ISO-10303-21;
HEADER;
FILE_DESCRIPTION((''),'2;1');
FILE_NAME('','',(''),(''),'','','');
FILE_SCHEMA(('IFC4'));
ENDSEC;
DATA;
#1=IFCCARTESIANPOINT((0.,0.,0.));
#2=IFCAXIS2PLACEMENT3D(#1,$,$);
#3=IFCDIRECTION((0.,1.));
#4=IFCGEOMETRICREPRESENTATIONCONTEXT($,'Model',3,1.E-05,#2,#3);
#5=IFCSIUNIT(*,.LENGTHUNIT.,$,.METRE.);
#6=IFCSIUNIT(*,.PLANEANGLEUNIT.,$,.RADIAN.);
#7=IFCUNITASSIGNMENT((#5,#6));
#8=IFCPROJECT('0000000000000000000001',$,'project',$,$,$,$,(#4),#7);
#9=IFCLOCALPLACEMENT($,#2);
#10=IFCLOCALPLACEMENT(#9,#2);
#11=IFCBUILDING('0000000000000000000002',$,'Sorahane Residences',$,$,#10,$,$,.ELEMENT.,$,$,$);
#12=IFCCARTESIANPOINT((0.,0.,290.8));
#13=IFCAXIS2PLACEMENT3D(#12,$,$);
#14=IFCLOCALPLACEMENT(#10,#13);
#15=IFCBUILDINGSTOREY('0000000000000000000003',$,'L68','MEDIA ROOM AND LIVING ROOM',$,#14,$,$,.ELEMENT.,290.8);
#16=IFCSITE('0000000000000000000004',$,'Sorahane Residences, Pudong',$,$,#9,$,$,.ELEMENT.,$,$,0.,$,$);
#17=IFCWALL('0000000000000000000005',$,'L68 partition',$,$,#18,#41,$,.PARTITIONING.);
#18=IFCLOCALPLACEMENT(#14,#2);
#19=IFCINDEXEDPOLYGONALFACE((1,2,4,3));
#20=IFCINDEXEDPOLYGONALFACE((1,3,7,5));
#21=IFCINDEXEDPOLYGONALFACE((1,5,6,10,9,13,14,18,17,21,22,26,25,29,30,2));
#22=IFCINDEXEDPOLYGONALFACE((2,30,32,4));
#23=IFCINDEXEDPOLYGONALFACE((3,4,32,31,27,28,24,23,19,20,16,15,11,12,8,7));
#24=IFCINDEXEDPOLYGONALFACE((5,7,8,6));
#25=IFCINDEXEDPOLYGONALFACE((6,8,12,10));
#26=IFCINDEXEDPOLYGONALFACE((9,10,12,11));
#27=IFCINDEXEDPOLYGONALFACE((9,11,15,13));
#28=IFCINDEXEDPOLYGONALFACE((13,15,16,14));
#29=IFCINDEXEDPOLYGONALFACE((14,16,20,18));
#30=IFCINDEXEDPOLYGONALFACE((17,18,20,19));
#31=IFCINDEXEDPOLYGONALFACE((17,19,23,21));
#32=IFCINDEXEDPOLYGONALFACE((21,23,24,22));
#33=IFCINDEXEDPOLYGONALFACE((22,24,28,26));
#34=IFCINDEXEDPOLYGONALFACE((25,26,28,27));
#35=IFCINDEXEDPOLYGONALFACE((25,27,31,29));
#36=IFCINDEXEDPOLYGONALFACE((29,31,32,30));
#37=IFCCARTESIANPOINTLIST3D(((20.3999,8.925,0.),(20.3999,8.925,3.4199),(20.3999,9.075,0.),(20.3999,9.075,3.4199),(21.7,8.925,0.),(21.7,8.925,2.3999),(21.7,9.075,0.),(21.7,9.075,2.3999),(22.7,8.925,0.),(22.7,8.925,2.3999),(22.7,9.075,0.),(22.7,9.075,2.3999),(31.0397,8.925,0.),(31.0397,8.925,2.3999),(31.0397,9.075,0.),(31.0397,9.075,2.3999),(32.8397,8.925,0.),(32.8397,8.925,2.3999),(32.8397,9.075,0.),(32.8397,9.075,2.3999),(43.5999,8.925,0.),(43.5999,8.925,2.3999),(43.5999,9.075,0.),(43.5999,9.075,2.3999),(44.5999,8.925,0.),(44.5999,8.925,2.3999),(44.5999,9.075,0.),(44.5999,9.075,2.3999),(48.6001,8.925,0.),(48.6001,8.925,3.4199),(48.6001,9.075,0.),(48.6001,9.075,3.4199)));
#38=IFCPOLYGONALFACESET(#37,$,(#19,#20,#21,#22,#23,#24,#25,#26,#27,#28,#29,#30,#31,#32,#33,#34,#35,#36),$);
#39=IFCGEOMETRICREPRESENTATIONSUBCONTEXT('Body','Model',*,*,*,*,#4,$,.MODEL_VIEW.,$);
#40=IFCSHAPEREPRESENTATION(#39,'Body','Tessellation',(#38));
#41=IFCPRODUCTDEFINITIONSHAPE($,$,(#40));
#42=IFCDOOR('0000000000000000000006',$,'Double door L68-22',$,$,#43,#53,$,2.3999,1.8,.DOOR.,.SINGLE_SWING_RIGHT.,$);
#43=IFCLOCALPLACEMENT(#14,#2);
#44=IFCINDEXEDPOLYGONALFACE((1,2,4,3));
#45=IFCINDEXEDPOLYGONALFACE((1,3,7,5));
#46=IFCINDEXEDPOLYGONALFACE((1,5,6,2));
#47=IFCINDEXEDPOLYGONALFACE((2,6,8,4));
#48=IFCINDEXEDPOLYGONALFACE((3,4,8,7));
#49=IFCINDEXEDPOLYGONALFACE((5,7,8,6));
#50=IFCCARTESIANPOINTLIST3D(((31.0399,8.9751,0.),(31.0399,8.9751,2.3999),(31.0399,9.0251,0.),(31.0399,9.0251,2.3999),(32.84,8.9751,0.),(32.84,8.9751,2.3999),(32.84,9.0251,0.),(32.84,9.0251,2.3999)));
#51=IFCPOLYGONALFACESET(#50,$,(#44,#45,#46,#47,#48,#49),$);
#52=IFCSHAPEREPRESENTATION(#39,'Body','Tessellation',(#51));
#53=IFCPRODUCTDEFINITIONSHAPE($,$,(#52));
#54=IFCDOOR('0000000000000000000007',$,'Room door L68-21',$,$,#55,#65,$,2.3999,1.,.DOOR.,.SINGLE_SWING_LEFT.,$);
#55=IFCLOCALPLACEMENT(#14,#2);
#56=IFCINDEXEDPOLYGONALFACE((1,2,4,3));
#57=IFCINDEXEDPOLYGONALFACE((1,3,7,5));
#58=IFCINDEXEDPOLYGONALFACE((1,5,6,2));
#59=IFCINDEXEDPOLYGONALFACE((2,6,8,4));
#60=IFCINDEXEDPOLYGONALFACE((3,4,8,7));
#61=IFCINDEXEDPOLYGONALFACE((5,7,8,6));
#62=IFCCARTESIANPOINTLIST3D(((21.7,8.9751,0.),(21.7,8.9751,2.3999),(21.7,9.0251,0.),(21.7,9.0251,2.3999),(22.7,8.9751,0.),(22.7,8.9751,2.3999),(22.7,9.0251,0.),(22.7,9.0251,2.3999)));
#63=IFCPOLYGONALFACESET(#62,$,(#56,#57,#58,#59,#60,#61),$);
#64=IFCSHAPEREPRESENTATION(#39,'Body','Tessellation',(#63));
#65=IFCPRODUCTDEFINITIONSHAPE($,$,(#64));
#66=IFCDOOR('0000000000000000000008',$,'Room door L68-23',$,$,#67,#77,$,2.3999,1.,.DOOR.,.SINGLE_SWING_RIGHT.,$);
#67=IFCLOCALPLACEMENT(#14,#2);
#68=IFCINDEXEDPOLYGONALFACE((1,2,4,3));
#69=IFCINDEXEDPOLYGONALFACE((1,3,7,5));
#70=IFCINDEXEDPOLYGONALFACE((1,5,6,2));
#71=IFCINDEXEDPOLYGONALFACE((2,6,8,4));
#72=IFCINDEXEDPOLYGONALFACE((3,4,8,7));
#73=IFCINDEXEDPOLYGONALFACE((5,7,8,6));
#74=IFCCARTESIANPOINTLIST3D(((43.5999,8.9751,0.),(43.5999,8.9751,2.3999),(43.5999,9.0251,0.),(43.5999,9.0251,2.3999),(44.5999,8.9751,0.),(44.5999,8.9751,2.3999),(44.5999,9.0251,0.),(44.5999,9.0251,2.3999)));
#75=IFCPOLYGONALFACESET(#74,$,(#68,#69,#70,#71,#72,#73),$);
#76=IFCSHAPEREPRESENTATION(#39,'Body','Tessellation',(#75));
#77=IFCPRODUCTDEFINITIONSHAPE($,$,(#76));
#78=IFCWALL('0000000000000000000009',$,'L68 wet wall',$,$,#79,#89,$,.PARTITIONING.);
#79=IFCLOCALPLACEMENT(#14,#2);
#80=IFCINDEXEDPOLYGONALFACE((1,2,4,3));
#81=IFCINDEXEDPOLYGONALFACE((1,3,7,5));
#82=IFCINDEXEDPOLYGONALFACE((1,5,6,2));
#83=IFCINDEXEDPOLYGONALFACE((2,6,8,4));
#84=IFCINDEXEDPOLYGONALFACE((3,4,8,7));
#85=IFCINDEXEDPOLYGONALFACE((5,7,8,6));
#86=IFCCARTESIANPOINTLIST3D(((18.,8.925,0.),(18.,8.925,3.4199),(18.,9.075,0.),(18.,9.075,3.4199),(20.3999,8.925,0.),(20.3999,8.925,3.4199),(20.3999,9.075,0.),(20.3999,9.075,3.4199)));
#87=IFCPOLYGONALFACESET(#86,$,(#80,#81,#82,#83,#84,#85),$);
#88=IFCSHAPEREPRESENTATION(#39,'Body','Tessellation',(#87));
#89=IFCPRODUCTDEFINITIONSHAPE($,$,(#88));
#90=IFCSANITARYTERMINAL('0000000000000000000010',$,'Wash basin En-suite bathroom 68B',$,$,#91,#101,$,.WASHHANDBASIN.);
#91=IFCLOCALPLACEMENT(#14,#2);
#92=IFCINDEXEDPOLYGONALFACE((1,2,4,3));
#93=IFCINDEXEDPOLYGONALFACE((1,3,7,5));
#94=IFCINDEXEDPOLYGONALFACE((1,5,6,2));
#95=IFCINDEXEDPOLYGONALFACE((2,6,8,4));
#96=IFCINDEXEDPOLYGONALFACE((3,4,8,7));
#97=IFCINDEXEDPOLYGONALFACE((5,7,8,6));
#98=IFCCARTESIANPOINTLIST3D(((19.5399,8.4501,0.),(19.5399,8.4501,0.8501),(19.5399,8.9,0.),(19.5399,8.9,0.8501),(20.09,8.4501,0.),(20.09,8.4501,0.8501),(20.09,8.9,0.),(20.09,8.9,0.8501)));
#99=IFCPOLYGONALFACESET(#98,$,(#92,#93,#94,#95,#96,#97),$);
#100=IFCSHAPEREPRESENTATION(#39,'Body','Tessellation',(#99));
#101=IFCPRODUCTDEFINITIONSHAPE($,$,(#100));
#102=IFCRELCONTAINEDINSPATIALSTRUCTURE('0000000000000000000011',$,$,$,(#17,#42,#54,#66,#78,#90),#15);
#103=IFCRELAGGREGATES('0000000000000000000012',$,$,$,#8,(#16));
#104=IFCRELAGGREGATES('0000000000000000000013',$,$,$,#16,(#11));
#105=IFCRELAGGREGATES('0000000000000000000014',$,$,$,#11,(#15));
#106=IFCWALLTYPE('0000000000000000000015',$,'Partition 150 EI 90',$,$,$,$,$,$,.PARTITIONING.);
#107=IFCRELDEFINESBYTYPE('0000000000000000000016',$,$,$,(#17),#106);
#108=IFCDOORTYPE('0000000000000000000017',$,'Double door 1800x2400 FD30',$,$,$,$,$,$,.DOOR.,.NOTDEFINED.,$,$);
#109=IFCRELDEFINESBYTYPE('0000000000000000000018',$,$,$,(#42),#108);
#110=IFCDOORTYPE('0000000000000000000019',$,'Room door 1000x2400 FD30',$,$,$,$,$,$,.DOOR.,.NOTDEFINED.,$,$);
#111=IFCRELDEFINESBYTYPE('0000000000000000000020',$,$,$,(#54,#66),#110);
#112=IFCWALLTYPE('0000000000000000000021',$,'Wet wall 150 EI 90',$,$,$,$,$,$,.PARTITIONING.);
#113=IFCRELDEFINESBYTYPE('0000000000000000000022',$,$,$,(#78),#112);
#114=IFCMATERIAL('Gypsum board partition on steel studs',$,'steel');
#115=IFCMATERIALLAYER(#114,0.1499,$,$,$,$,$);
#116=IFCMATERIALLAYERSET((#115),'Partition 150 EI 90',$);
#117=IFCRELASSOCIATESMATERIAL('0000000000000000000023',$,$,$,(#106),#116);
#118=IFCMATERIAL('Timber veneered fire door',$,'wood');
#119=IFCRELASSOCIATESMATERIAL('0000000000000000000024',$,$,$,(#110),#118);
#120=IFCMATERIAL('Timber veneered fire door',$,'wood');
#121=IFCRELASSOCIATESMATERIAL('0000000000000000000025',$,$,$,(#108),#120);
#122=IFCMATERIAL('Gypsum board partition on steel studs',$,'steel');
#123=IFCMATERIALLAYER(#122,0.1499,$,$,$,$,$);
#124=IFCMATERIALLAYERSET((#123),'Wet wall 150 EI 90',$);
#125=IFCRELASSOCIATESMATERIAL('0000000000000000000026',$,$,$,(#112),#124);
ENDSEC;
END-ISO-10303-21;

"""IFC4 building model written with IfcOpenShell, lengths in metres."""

from ifc_helpers import new_model, si_unit, direction, frame, frame_2d, origin, origin_2d, place, context, subcontext, project, spatial, rectangle, extrude, material, layer, layer_set, type_object, element, fill, save


model = new_model("IFC4")

# Units and contexts
model_context = context("Model", 3, precision=1e-05, world=origin(), true_north=direction((0.0, 1.0)))
body_context = subcontext(model_context, "Body", "Model", "MODEL_VIEW")
ifc_project = project(units=[si_unit("LENGTHUNIT", "METRE"), si_unit("PLANEANGLEUNIT", "RADIAN")], contexts=[model_context])

# Site, building, storey
site_placement = place(None, origin())
site = spatial("IfcSite", under=ifc_project, at=site_placement, Name="Sorahane Residences, Pudong", CompositionType="ELEMENT", RefElevation=0.0)
building_placement = place(site_placement, origin())
building = spatial("IfcBuilding", under=site, at=building_placement, Name="Sorahane Residences", CompositionType="ELEMENT")
storey_placement = place(building_placement, frame((0.0, 0.0, 290.8)))
storey = spatial("IfcBuildingStorey", under=building, at=storey_placement, Name="L68", Description="MEDIA ROOM AND LIVING ROOM", CompositionType="ELEMENT", Elevation=290.8)

# Wall, openings, doors
ifc_material_1 = material(Name="Gypsum board partition on steel studs", Category="steel")
ifc_layer_1 = layer(ifc_material_1, 0.1499)
ifc_layer_set_1 = layer_set([ifc_layer_1], Name="Partition 150 EI 90")
wall_type_1 = type_object("IfcWallType", Name="Partition 150 EI 90", PredefinedType="PARTITIONING", material=ifc_layer_set_1)
ifc_material_2 = material(Name="Timber veneered fire door", Category="wood")
door_type_1 = type_object("IfcDoorType", Name="Room door 1000x2400 FD30", OperationType="NOTDEFINED", PredefinedType="DOOR", material=ifc_material_2)
wall_1_placement = place(storey_placement, frame((20.3999, 9.0, 0.0), z_axis=(0.0, 0.0, 1.0), x_axis=(1.0, 0.0, 0.0)))
wall_1 = element("IfcWall", 1, at=wall_1_placement, inside=storey, type_object=wall_type_1, Name="L68 partition", PredefinedType="PARTITIONING", context=body_context, shape_type="SweptSolid", body=[
    extrude(rectangle(XDim=28.2002, YDim=0.1499, at=frame_2d((14.1001, 0.0))), origin(), (0.0, 0.0, 1.0), 3.4199),
])
opening_1_placement = place(wall_1_placement, frame((1.3, 0.0, 0.0)))
opening_1 = element("IfcOpeningElement", 2, at=opening_1_placement, cuts=wall_1, PredefinedType="OPENING", context=body_context, shape_type="SweptSolid", body=[
    extrude(rectangle(XDim=1.0, YDim=2.3999, at=frame_2d((0.5, 1.2))), frame((0.0, 0.085, 0.0), z_axis=(0.0, -1.0, 0.0), x_axis=(1.0, 0.0, 0.0)), (0.0, 0.0, 1.0), 0.1699),
])
opening_2_placement = place(wall_1_placement, frame((10.6399, 0.0, 0.0)))
opening_2 = element("IfcOpeningElement", 3, at=opening_2_placement, cuts=wall_1, PredefinedType="OPENING", context=body_context, shape_type="SweptSolid", body=[
    extrude(rectangle(XDim=1.8, YDim=2.3999, at=frame_2d((0.8999, 1.2))), frame((0.0, 0.085, 0.0), z_axis=(0.0, -1.0, 0.0), x_axis=(1.0, 0.0, 0.0)), (0.0, 0.0, 1.0), 0.1699),
])
opening_3_placement = place(wall_1_placement, frame((23.2, 0.0, 0.0)))
opening_3 = element("IfcOpeningElement", 4, at=opening_3_placement, cuts=wall_1, PredefinedType="OPENING", context=body_context, shape_type="SweptSolid", body=[
    extrude(rectangle(XDim=1.0, YDim=2.3999, at=frame_2d((0.5, 1.2))), frame((0.0, 0.085, 0.0), z_axis=(0.0, -1.0, 0.0), x_axis=(1.0, 0.0, 0.0)), (0.0, 0.0, 1.0), 0.1699),
])
ifc_material_3 = material(Name="Timber veneered fire door", Category="wood")
door_type_2 = type_object("IfcDoorType", Name="Double door 1800x2400 FD30", OperationType="NOTDEFINED", PredefinedType="DOOR", material=ifc_material_3)
door_1_placement = place(opening_2_placement, frame((1.8, 0.0, 0.0), z_axis=(0.0, 0.0, 1.0), x_axis=(-1.0, 0.0, 0.0)))
door_1 = element("IfcDoor", 5, at=door_1_placement, inside=storey, type_object=door_type_2, Name="Double door L68-22", OperationType="SINGLE_SWING_RIGHT", OverallHeight=2.3999, OverallWidth=1.8, PredefinedType="DOOR", context=body_context, shape_type="SweptSolid", body=[
    extrude(rectangle(XDim=1.8, YDim=2.3999, at=frame_2d((0.8999, 1.2))), frame((0.0, 0.0249, 0.0), z_axis=(0.0, -1.0, 0.0), x_axis=(1.0, 0.0, 0.0)), (0.0, 0.0, 1.0), 0.05),
])
fill(opening_2, door_1)
door_2_placement = place(opening_1_placement, frame((1.0, 0.0, 0.0), z_axis=(0.0, 0.0, 1.0), x_axis=(-1.0, 0.0, 0.0)))
door_2 = element("IfcDoor", 6, at=door_2_placement, inside=storey, type_object=door_type_1, Name="Room door L68-21", OperationType="SINGLE_SWING_LEFT", OverallHeight=2.3999, OverallWidth=1.0, PredefinedType="DOOR", context=body_context, shape_type="SweptSolid", body=[
    extrude(rectangle(XDim=1.0, YDim=2.3999, at=frame_2d((0.5, 1.2))), frame((0.0, 0.0249, 0.0), z_axis=(0.0, -1.0, 0.0), x_axis=(1.0, 0.0, 0.0)), (0.0, 0.0, 1.0), 0.05),
])
fill(opening_1, door_2)
door_3_placement = place(opening_3_placement, frame((1.0, 0.0, 0.0), z_axis=(0.0, 0.0, 1.0), x_axis=(-1.0, 0.0, 0.0)))
door_3 = element("IfcDoor", 7, at=door_3_placement, inside=storey, type_object=door_type_1, Name="Room door L68-23", OperationType="SINGLE_SWING_RIGHT", OverallHeight=2.3999, OverallWidth=1.0, PredefinedType="DOOR", context=body_context, shape_type="SweptSolid", body=[
    extrude(rectangle(XDim=1.0, YDim=2.3999, at=frame_2d((0.5, 1.2))), frame((0.0, 0.0249, 0.0), z_axis=(0.0, -1.0, 0.0), x_axis=(1.0, 0.0, 0.0)), (0.0, 0.0, 1.0), 0.05),
])
fill(opening_3, door_3)

# Wall
ifc_material_4 = material(Name="Gypsum board partition on steel studs", Category="steel")
ifc_layer_2 = layer(ifc_material_4, 0.1499)
ifc_layer_set_2 = layer_set([ifc_layer_2], Name="Wet wall 150 EI 90")
wall_type_2 = type_object("IfcWallType", Name="Wet wall 150 EI 90", PredefinedType="PARTITIONING", material=ifc_layer_set_2)
wall_2_placement = place(storey_placement, frame((18.0, 9.0, 0.0), z_axis=(0.0, 0.0, 1.0), x_axis=(1.0, 0.0, 0.0)))
element("IfcWall", 8, at=wall_2_placement, inside=storey, type_object=wall_type_2, Name="L68 wet wall", PredefinedType="PARTITIONING", context=body_context, shape_type="SweptSolid", body=[
    extrude(rectangle(XDim=2.3999, YDim=0.1499, at=frame_2d((1.2, 0.0))), origin(), (0.0, 0.0, 1.0), 3.4199),
])

# Sanitary terminal
sanitary_terminal_placement = place(storey_placement, frame((19.8149, 8.675, 0.0), z_axis=(0.0, 0.0, 1.0), x_axis=(1.0, 0.0, 0.0)))
element("IfcSanitaryTerminal", 9, at=sanitary_terminal_placement, inside=storey, Name="Wash basin En-suite bathroom 68B", PredefinedType="WASHHANDBASIN", context=body_context, shape_type="SweptSolid", body=[
    extrude(rectangle(XDim=0.55, YDim=0.45, at=origin_2d()), origin(), (0.0, 0.0, 1.0), 0.8501),
])

save(model, "model.ifc")
